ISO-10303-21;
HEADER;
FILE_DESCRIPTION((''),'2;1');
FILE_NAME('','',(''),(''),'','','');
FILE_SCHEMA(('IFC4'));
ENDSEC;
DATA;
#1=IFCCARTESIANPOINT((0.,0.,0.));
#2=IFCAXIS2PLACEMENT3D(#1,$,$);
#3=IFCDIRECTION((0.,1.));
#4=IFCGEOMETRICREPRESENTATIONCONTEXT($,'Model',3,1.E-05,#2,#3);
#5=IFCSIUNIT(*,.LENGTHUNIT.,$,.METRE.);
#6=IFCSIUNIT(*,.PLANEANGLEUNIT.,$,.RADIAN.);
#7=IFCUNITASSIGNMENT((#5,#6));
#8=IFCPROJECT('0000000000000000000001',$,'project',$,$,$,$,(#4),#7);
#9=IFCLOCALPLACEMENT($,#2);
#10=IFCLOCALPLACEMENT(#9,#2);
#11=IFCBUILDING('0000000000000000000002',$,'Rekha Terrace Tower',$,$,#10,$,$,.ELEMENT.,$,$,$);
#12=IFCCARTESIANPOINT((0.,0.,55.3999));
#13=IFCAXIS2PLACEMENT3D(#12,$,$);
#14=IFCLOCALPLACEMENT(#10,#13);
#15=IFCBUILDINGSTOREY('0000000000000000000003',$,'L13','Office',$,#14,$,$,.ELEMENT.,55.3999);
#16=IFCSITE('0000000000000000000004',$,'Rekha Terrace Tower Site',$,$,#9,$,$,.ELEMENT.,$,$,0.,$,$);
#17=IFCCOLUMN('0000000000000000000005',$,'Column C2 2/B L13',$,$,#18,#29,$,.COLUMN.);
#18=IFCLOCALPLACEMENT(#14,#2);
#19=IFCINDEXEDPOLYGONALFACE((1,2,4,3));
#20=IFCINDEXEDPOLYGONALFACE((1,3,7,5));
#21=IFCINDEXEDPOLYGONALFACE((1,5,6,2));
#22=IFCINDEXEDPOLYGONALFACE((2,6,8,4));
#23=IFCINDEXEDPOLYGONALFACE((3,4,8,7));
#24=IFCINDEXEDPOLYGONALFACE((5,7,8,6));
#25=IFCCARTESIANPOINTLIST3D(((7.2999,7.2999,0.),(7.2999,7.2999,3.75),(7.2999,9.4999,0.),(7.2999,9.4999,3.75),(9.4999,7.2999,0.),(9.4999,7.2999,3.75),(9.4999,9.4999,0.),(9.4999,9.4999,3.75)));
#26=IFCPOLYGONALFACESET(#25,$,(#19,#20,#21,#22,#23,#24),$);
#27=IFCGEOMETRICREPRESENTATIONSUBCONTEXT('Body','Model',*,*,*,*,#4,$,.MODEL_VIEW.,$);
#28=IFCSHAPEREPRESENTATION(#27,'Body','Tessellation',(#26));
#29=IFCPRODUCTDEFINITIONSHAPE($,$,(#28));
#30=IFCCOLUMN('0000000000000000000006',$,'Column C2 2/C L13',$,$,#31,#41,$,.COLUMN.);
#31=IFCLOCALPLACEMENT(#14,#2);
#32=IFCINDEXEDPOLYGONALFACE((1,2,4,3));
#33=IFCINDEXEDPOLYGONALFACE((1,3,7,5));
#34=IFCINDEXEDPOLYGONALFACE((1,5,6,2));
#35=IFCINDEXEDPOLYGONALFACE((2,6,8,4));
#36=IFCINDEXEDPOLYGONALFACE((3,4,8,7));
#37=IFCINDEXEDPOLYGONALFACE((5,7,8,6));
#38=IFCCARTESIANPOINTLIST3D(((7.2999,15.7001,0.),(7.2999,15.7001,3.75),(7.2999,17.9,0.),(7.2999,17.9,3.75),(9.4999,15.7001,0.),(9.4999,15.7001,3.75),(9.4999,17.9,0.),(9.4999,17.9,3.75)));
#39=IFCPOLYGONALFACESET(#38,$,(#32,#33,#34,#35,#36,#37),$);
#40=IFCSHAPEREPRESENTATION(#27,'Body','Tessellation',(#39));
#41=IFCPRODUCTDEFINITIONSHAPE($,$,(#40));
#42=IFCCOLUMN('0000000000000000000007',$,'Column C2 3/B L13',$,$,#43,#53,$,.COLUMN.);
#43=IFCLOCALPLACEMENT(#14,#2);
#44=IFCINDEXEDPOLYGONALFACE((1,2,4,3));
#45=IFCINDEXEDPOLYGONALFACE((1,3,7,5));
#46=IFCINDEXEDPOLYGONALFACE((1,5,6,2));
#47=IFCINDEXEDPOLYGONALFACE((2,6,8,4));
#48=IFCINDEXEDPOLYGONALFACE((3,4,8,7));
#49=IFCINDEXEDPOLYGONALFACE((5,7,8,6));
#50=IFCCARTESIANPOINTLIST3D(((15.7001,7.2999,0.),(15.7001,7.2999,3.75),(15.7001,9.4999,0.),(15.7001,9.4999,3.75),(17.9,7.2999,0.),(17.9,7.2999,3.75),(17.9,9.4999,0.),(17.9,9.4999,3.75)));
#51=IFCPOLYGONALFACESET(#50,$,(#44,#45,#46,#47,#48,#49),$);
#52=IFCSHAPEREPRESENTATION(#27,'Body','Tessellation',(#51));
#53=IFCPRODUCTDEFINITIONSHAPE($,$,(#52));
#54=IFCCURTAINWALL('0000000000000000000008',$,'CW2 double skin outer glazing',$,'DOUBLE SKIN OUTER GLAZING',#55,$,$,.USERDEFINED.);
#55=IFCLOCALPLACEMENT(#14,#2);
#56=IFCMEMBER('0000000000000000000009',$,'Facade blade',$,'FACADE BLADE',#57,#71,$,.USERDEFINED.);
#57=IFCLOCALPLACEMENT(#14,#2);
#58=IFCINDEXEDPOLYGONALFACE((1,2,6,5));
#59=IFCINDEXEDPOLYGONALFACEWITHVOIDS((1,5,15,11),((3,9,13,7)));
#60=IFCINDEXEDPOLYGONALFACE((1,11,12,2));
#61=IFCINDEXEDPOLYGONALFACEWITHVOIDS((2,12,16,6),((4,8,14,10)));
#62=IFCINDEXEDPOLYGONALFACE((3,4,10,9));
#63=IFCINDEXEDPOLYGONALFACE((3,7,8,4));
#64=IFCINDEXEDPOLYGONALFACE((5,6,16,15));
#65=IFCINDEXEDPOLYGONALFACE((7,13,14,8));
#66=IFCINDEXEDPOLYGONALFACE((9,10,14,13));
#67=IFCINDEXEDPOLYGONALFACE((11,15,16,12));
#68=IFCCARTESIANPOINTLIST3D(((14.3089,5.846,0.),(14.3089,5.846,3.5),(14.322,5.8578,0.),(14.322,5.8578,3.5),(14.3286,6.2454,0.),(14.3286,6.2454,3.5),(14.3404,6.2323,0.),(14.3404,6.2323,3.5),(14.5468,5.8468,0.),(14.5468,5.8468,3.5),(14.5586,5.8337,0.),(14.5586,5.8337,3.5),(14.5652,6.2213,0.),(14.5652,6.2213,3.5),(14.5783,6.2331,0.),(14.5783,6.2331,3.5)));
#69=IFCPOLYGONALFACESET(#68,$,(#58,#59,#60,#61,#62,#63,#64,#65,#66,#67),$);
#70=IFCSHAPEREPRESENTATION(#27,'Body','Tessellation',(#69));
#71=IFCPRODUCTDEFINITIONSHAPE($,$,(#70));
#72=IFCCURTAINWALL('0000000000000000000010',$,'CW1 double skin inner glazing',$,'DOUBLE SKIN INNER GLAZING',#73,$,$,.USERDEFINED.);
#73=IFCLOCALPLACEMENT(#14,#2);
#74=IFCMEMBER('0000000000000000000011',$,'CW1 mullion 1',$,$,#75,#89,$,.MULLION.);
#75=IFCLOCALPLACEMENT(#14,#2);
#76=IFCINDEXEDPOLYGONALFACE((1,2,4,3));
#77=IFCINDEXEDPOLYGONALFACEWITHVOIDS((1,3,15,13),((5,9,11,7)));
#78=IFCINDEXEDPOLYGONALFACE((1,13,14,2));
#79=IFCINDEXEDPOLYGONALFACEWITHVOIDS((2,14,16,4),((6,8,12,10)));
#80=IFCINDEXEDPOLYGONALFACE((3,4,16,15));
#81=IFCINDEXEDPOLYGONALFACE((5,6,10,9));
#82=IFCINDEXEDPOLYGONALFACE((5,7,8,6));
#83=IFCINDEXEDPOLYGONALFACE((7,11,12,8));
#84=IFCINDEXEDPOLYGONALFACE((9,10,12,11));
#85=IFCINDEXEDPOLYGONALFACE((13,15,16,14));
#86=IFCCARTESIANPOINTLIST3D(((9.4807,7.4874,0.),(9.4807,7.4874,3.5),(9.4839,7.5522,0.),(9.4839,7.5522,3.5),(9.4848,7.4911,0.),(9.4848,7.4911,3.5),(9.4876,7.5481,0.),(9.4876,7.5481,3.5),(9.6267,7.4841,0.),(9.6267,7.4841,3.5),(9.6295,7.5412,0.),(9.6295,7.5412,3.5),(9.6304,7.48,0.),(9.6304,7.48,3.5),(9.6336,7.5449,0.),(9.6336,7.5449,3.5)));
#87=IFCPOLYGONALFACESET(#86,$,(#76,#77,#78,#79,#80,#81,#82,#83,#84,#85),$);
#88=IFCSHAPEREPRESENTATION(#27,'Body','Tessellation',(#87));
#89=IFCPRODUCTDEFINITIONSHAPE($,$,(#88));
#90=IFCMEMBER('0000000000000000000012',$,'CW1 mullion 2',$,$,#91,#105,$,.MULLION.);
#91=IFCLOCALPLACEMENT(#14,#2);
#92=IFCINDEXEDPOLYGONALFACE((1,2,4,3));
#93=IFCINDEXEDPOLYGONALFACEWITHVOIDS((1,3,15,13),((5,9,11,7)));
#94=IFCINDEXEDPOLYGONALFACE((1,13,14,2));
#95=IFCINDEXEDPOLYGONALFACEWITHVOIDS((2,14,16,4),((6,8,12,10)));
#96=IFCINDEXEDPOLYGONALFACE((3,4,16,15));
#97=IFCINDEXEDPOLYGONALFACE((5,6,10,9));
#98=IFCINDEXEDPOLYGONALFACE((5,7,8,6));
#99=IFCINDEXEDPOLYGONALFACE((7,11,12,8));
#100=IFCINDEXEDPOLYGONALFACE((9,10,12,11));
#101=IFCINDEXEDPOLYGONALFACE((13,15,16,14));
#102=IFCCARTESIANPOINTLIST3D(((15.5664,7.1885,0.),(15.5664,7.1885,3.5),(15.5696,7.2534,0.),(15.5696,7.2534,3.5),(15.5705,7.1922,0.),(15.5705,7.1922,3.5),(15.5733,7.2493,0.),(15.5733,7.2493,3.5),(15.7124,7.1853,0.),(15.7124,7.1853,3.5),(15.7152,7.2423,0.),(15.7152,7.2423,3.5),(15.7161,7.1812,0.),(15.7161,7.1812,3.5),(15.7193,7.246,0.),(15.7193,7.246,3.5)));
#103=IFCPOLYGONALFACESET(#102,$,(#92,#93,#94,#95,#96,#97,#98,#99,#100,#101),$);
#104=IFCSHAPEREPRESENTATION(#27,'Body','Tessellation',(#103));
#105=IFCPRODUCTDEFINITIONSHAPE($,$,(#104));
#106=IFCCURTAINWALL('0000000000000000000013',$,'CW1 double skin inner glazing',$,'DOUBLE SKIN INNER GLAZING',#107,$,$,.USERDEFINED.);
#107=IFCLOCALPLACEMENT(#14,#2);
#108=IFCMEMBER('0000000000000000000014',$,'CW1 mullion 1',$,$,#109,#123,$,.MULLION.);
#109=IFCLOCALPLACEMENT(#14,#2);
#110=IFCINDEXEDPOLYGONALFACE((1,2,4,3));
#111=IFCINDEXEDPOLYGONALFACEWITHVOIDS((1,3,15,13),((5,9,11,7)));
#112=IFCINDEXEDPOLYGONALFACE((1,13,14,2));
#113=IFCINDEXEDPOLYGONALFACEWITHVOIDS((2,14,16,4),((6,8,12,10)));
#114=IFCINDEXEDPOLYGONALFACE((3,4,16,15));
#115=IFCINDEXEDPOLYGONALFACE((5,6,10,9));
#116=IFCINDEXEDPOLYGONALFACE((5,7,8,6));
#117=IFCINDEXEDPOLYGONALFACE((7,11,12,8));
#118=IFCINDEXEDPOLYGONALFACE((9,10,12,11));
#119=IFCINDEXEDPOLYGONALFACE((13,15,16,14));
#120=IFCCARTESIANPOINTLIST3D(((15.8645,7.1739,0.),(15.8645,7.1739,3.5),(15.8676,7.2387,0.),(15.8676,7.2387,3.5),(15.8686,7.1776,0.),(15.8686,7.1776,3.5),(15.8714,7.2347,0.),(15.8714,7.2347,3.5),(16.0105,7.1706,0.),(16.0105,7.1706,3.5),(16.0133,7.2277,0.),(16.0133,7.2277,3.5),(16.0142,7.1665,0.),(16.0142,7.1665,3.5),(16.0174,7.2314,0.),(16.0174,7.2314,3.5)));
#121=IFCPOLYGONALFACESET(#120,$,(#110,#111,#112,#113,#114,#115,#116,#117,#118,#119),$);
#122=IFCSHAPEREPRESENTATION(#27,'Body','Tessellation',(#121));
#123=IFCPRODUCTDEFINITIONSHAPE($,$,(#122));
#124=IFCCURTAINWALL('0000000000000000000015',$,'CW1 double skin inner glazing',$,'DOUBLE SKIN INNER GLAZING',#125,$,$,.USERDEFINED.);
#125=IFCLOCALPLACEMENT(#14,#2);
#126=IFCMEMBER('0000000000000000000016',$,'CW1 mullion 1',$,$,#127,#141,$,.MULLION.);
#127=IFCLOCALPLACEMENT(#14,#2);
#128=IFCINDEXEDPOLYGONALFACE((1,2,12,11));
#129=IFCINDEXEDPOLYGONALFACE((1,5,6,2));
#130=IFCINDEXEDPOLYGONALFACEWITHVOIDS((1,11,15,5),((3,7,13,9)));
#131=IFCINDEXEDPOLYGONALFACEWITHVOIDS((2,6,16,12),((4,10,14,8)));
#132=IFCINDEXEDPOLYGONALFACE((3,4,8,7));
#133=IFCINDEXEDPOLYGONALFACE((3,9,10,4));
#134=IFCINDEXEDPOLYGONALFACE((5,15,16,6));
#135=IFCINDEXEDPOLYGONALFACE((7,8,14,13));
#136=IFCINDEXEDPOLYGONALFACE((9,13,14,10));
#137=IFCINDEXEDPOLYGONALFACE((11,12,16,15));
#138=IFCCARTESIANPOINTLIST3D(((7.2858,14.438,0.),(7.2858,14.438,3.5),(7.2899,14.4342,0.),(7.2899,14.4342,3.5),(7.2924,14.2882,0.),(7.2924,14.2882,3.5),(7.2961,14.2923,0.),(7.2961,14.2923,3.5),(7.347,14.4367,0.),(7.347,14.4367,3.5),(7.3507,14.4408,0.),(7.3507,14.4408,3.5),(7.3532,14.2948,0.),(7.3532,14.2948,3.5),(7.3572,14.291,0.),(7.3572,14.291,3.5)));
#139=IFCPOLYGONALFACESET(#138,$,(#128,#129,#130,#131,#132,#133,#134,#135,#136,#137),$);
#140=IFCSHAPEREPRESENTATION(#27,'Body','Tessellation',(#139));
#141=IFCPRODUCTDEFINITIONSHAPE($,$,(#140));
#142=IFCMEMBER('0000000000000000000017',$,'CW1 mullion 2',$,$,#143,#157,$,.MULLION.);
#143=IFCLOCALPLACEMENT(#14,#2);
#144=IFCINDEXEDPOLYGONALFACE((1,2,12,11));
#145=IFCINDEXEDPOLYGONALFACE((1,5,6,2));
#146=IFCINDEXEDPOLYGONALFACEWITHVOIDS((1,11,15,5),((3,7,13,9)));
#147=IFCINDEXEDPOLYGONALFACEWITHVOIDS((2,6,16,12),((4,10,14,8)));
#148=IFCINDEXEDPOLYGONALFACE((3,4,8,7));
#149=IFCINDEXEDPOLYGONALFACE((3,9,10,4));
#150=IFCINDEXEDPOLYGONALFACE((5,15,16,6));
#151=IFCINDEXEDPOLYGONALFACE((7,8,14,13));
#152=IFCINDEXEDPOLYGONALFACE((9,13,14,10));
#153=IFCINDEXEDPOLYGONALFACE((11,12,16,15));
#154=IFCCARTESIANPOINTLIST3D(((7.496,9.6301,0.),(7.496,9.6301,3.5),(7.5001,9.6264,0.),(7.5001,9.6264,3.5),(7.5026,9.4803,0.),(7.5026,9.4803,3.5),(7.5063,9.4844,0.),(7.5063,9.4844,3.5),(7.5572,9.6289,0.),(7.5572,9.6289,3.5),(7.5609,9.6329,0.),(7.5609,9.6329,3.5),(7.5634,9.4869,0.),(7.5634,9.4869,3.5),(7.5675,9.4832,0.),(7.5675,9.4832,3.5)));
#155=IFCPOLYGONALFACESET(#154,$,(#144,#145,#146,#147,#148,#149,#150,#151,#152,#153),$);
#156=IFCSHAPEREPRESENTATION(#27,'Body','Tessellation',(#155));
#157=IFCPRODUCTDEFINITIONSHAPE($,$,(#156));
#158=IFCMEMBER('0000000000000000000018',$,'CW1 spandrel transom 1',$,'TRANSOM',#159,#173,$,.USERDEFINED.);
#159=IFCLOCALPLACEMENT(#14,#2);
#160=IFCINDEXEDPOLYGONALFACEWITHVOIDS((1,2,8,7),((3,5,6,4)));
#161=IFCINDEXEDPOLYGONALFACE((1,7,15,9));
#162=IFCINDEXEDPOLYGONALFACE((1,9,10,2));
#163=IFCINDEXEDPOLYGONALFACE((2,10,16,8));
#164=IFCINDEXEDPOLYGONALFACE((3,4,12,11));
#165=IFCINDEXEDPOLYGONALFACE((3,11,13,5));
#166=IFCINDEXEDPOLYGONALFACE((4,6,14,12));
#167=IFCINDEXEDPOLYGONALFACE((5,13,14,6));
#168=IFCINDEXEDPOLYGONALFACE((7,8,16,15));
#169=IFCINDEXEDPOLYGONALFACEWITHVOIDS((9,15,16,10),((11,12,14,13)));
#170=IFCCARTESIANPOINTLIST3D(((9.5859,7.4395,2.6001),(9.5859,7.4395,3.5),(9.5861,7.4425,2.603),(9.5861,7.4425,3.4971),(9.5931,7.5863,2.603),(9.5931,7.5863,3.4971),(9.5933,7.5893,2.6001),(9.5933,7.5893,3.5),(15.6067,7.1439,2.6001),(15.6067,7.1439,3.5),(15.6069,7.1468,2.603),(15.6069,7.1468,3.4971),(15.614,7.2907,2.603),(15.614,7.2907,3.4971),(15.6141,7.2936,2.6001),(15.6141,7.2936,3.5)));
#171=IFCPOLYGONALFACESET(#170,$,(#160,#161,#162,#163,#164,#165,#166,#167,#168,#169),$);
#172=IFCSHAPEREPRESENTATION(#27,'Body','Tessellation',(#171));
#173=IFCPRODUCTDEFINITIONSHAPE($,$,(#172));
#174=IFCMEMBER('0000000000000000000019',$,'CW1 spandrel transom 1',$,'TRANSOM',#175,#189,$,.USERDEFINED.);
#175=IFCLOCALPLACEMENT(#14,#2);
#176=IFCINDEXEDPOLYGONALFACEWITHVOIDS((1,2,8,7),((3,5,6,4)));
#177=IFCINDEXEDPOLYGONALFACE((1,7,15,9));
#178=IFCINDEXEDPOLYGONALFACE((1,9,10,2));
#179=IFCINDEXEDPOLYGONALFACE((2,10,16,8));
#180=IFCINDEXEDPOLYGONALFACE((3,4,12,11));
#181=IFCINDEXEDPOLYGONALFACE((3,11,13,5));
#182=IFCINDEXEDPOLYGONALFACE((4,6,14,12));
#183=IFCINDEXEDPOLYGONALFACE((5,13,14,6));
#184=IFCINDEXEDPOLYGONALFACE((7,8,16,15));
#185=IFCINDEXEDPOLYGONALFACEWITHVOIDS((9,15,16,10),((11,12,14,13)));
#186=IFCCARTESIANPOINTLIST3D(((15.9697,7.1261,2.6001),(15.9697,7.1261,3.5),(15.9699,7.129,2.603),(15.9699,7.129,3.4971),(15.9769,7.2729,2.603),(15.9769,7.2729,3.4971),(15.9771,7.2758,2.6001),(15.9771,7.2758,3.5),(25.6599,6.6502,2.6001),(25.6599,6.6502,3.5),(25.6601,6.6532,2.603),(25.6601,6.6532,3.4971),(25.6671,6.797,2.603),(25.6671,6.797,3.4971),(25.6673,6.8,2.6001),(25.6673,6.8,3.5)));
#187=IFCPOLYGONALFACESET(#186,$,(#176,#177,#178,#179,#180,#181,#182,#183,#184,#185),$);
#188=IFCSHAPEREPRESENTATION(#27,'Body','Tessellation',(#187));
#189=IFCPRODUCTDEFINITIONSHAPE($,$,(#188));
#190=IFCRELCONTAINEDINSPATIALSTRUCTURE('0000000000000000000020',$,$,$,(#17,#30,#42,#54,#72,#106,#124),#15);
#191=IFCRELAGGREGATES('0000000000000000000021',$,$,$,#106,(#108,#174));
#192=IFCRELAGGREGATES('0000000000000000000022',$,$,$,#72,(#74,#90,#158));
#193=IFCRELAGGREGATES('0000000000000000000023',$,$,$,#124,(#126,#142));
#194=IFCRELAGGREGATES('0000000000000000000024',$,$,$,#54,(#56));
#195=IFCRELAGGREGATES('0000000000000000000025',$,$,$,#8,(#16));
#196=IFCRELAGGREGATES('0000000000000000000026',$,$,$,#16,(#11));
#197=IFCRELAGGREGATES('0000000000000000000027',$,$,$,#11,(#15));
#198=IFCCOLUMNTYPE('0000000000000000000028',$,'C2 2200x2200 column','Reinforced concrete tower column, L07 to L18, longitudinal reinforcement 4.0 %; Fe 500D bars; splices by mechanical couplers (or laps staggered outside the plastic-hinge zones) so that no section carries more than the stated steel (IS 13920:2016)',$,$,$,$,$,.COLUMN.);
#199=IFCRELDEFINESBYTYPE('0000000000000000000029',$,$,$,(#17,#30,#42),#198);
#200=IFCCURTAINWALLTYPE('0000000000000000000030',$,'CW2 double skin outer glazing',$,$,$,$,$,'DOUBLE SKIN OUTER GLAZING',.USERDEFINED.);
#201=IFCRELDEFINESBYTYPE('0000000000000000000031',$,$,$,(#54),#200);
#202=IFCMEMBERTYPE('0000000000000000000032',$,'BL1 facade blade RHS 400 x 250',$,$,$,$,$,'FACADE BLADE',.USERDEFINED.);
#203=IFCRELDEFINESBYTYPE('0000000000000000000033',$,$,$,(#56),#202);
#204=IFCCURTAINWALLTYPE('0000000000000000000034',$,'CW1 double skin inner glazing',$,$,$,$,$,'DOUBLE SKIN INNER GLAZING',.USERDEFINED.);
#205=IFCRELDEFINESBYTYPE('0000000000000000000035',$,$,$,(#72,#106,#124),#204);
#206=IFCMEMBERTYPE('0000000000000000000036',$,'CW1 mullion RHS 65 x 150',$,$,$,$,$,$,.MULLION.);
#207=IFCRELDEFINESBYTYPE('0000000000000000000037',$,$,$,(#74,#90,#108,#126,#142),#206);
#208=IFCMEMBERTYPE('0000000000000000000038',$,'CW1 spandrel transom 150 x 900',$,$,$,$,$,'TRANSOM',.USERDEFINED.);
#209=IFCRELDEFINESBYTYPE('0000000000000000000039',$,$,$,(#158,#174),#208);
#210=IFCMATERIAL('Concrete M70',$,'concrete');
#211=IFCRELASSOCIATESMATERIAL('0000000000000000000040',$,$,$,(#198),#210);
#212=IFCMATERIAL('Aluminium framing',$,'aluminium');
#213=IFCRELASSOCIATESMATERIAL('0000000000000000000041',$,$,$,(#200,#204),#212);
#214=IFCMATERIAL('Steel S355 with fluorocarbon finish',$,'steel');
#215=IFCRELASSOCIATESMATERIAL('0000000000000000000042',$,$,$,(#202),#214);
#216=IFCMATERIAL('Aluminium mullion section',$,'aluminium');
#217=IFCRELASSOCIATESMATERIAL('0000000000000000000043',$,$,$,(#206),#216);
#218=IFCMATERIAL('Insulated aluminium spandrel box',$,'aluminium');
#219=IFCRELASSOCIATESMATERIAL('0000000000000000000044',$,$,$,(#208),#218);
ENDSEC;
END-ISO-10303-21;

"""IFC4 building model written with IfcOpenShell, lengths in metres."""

from ifc_helpers import new_model, si_unit, direction, frame, origin, origin_2d, place, context, subcontext, project, spatial, rectangle, hollow_rectangle, extrude, material, material_profile, profile_set, type_object, element, aggregate, save


model = new_model("IFC4")

# Units and contexts
model_context = context("Model", 3, precision=1e-05, world=origin(), true_north=direction((0.0, 1.0)))
body_context = subcontext(model_context, "Body", "Model", "MODEL_VIEW")
ifc_project = project(units=[si_unit("LENGTHUNIT", "METRE"), si_unit("PLANEANGLEUNIT", "RADIAN")], contexts=[model_context])

# Site, building, storey
site_placement = place(None, origin())
site = spatial("IfcSite", under=ifc_project, at=site_placement, Name="Rekha Terrace Tower Site", CompositionType="ELEMENT", RefElevation=0.0)
building_placement = place(site_placement, origin())
building = spatial("IfcBuilding", under=site, at=building_placement, Name="Rekha Terrace Tower", CompositionType="ELEMENT")
storey_placement = place(building_placement, frame((0.0, 0.0, 55.3999)))
storey = spatial("IfcBuildingStorey", under=building, at=storey_placement, Name="L13", Description="Office", CompositionType="ELEMENT", Elevation=55.3999)

# Columns
ifc_material_1 = material(Name="Concrete M70", Category="concrete")
ifc_material_profile_1 = material_profile(ifc_material_1, rectangle(XDim=2.2, YDim=2.2, at=origin_2d()), Name="RC 2200x2200")
ifc_profile_set_1 = profile_set([ifc_material_profile_1], Name="Concrete M70")
column_type = type_object("IfcColumnType", Name="C2 2200x2200 column", Description="Reinforced concrete tower column, L07 to L18, longitudinal reinforcement 4.0 %; Fe 500D bars; splices by mechanical couplers (or laps staggered outside the plastic-hinge zones) so that no section carries more than the stated steel (IS 13920:2016)", PredefinedType="COLUMN", material=ifc_profile_set_1)
for number, where, z_axis, x_axis, name in (
    (1, (8.3999, 8.3999, 0.0), (0.0, 0.0, 1.0), (1.0, 0.0, 0.0), "Column C2 2/B L13"),
    (2, (8.3999, 16.8, 0.0), (0.0, 0.0, 1.0), (1.0, 0.0, 0.0), "Column C2 2/C L13"),
    (3, (16.8, 8.3999, 0.0), (0.0, 0.0, 1.0), (1.0, 0.0, 0.0), "Column C2 3/B L13"),
):
    element("IfcColumn", number, at=place(storey_placement, frame(where, z_axis=z_axis, x_axis=x_axis)), inside=storey, type_object=column_type, Name=name, PredefinedType="COLUMN", context=body_context, shape_type="SweptSolid", body=[
        extrude(rectangle(XDim=2.2, YDim=2.2, at=origin_2d()), origin(), (0.0, 0.0, 1.0), 3.75),
    ])

# Curtain wall, member
ifc_material_2 = material(Name="Aluminium framing", Category="aluminium")
curtain_wall_type_1 = type_object("IfcCurtainWallType", Name="CW2 double skin outer glazing", ElementType="DOUBLE SKIN OUTER GLAZING", PredefinedType="USERDEFINED", material=ifc_material_2)
curtain_wall_1_placement = place(storey_placement, origin())
curtain_wall_1 = element("IfcCurtainWall", 4, at=curtain_wall_1_placement, inside=storey, type_object=curtain_wall_type_1, Name="CW2 double skin outer glazing", ObjectType="DOUBLE SKIN OUTER GLAZING", PredefinedType="USERDEFINED")
ifc_material_3 = material(Name="Steel S355 with fluorocarbon finish", Category="steel")
ifc_material_profile_2 = material_profile(ifc_material_3, hollow_rectangle(XDim=0.25, YDim=0.3999, WallThickness=0.0125, at=origin_2d()), Name="RHS400x250x12.5")
ifc_profile_set_2 = profile_set([ifc_material_profile_2], Name="Steel S355 with fluorocarbon finish")
member_type_1 = type_object("IfcMemberType", Name="BL1 facade blade RHS 400 x 250", ElementType="FACADE BLADE", PredefinedType="USERDEFINED", material=ifc_profile_set_2)
member_1_placement = place(storey_placement, frame((14.4436, 6.0396, 0.0), z_axis=(0.0, 0.0, 1.0), x_axis=(0.998796, -0.049052, 0.0)))
member_1 = element("IfcMember", 5, at=member_1_placement, type_object=member_type_1, Name="Facade blade", ObjectType="FACADE BLADE", PredefinedType="USERDEFINED", context=body_context, shape_type="SweptSolid", body=[
    extrude(hollow_rectangle(XDim=0.25, YDim=0.3999, WallThickness=0.0125, at=origin_2d()), origin(), (0.0, 0.0, 1.0), 3.5),
])

# Curtain wall, members
curtain_wall_type_2 = type_object("IfcCurtainWallType", Name="CW1 double skin inner glazing", ElementType="DOUBLE SKIN INNER GLAZING", PredefinedType="USERDEFINED", material=ifc_material_2)
curtain_wall_2_placement = place(storey_placement, origin())
curtain_wall_2 = element("IfcCurtainWall", 6, at=curtain_wall_2_placement, inside=storey, type_object=curtain_wall_type_2, Name="CW1 double skin inner glazing", ObjectType="DOUBLE SKIN INNER GLAZING", PredefinedType="USERDEFINED")
ifc_material_4 = material(Name="Aluminium mullion section", Category="aluminium")
ifc_material_profile_3 = material_profile(ifc_material_4, hollow_rectangle(XDim=0.0649, YDim=0.1499, WallThickness=0.0039, at=origin_2d()), Name="AL RHS 65x150")
ifc_profile_set_3 = profile_set([ifc_material_profile_3], Name="Aluminium mullion section")
member_type_2 = type_object("IfcMemberType", Name="CW1 mullion RHS 65 x 150", PredefinedType="MULLION", material=ifc_profile_set_3)
member_2_placement = place(storey_placement, frame((9.5571, 7.5161, 0.0), z_axis=(0.0, 0.0, 1.0), x_axis=(0.049052, 0.998796, 0.0)))
member_2 = element("IfcMember", 7, at=member_2_placement, type_object=member_type_2, Name="CW1 mullion 1", PredefinedType="MULLION", context=body_context, shape_type="SweptSolid", body=[
    extrude(hollow_rectangle(XDim=0.0649, YDim=0.1499, WallThickness=0.0039, at=origin_2d()), origin(), (0.0, 0.0, 1.0), 3.5),
])
member_3_placement = place(storey_placement, frame((15.6428, 7.2173, 0.0), z_axis=(0.0, 0.0, 1.0), x_axis=(0.049052, 0.998796, 0.0)))
member_3 = element("IfcMember", 8, at=member_3_placement, type_object=member_type_2, Name="CW1 mullion 2", PredefinedType="MULLION", context=body_context, shape_type="SweptSolid", body=[
    extrude(hollow_rectangle(XDim=0.0649, YDim=0.1499, WallThickness=0.0039, at=origin_2d()), origin(), (0.0, 0.0, 1.0), 3.5),
])

# Curtain wall, member
curtain_wall_3_placement = place(storey_placement, origin())
curtain_wall_3 = element("IfcCurtainWall", 9, at=curtain_wall_3_placement, inside=storey, type_object=curtain_wall_type_2, Name="CW1 double skin inner glazing", ObjectType="DOUBLE SKIN INNER GLAZING", PredefinedType="USERDEFINED")
member_4_placement = place(storey_placement, frame((15.9409, 7.2026, 0.0), z_axis=(0.0, 0.0, 1.0), x_axis=(0.049052, 0.998796, 0.0)))
member_4 = element("IfcMember", 10, at=member_4_placement, type_object=member_type_2, Name="CW1 mullion 1", PredefinedType="MULLION", context=body_context, shape_type="SweptSolid", body=[
    extrude(hollow_rectangle(XDim=0.0649, YDim=0.1499, WallThickness=0.0039, at=origin_2d()), origin(), (0.0, 0.0, 1.0), 3.5),
])

# Curtain wall, members
curtain_wall_4_placement = place(storey_placement, origin())
curtain_wall_4 = element("IfcCurtainWall", 11, at=curtain_wall_4_placement, inside=storey, type_object=curtain_wall_type_2, Name="CW1 double skin inner glazing", ObjectType="DOUBLE SKIN INNER GLAZING", PredefinedType="USERDEFINED")
member_5_placement = place(storey_placement, frame((7.3215, 14.3645, 0.0), z_axis=(0.0, 0.0, 1.0), x_axis=(0.999045, 0.043683, 0.0)))
member_5 = element("IfcMember", 12, at=member_5_placement, type_object=member_type_2, Name="CW1 mullion 1", PredefinedType="MULLION", context=body_context, shape_type="SweptSolid", body=[
    extrude(hollow_rectangle(XDim=0.0649, YDim=0.1499, WallThickness=0.0039, at=origin_2d()), origin(), (0.0, 0.0, 1.0), 3.5),
])
member_6_placement = place(storey_placement, frame((7.5317, 9.5566, 0.0), z_axis=(0.0, 0.0, 1.0), x_axis=(0.999045, 0.043683, 0.0)))
member_6 = element("IfcMember", 13, at=member_6_placement, type_object=member_type_2, Name="CW1 mullion 2", PredefinedType="MULLION", context=body_context, shape_type="SweptSolid", body=[
    extrude(hollow_rectangle(XDim=0.0649, YDim=0.1499, WallThickness=0.0039, at=origin_2d()), origin(), (0.0, 0.0, 1.0), 3.5),
])

# Members
ifc_material_5 = material(Name="Insulated aluminium spandrel box", Category="aluminium")
ifc_material_profile_4 = material_profile(ifc_material_5, hollow_rectangle(XDim=0.1499, YDim=0.8999, WallThickness=0.0029, at=origin_2d()), Name="AL SPANDREL BOX 150x900")
ifc_profile_set_4 = profile_set([ifc_material_profile_4], Name="Insulated aluminium spandrel box")
member_type_3 = type_object("IfcMemberType", Name="CW1 spandrel transom 150 x 900", ElementType="TRANSOM", PredefinedType="USERDEFINED", material=ifc_profile_set_4)
member_7_placement = place(storey_placement, frame((9.5896, 7.5144, 3.05), z_axis=(0.998796, -0.049047, 0.0), x_axis=(0.049047, 0.998796, 0.0)))
member_7 = element("IfcMember", 14, at=member_7_placement, type_object=member_type_3, Name="CW1 spandrel transom 1", ObjectType="TRANSOM", PredefinedType="USERDEFINED", context=body_context, shape_type="SweptSolid", body=[
    extrude(hollow_rectangle(XDim=0.1499, YDim=0.8999, WallThickness=0.0029, at=origin_2d()), origin(), (0.0, 0.0, 1.0), 6.0281),
])
member_8_placement = place(storey_placement, frame((15.9734, 7.2009, 3.05), z_axis=(0.998797, -0.049045, 0.0), x_axis=(0.049045, 0.998797, 0.0)))
member_8 = element("IfcMember", 15, at=member_8_placement, type_object=member_type_3, Name="CW1 spandrel transom 1", ObjectType="TRANSOM", PredefinedType="USERDEFINED", context=body_context, shape_type="SweptSolid", body=[
    extrude(hollow_rectangle(XDim=0.1499, YDim=0.8999, WallThickness=0.0029, at=origin_2d()), origin(), (0.0, 0.0, 1.0), 9.7019),
])
aggregate(curtain_wall_3, [member_4, member_8])

aggregate(curtain_wall_2, [member_2, member_3, member_7])
aggregate(curtain_wall_4, [member_5, member_6])
aggregate(curtain_wall_1, [member_1])

save(model, "model.ifc")
